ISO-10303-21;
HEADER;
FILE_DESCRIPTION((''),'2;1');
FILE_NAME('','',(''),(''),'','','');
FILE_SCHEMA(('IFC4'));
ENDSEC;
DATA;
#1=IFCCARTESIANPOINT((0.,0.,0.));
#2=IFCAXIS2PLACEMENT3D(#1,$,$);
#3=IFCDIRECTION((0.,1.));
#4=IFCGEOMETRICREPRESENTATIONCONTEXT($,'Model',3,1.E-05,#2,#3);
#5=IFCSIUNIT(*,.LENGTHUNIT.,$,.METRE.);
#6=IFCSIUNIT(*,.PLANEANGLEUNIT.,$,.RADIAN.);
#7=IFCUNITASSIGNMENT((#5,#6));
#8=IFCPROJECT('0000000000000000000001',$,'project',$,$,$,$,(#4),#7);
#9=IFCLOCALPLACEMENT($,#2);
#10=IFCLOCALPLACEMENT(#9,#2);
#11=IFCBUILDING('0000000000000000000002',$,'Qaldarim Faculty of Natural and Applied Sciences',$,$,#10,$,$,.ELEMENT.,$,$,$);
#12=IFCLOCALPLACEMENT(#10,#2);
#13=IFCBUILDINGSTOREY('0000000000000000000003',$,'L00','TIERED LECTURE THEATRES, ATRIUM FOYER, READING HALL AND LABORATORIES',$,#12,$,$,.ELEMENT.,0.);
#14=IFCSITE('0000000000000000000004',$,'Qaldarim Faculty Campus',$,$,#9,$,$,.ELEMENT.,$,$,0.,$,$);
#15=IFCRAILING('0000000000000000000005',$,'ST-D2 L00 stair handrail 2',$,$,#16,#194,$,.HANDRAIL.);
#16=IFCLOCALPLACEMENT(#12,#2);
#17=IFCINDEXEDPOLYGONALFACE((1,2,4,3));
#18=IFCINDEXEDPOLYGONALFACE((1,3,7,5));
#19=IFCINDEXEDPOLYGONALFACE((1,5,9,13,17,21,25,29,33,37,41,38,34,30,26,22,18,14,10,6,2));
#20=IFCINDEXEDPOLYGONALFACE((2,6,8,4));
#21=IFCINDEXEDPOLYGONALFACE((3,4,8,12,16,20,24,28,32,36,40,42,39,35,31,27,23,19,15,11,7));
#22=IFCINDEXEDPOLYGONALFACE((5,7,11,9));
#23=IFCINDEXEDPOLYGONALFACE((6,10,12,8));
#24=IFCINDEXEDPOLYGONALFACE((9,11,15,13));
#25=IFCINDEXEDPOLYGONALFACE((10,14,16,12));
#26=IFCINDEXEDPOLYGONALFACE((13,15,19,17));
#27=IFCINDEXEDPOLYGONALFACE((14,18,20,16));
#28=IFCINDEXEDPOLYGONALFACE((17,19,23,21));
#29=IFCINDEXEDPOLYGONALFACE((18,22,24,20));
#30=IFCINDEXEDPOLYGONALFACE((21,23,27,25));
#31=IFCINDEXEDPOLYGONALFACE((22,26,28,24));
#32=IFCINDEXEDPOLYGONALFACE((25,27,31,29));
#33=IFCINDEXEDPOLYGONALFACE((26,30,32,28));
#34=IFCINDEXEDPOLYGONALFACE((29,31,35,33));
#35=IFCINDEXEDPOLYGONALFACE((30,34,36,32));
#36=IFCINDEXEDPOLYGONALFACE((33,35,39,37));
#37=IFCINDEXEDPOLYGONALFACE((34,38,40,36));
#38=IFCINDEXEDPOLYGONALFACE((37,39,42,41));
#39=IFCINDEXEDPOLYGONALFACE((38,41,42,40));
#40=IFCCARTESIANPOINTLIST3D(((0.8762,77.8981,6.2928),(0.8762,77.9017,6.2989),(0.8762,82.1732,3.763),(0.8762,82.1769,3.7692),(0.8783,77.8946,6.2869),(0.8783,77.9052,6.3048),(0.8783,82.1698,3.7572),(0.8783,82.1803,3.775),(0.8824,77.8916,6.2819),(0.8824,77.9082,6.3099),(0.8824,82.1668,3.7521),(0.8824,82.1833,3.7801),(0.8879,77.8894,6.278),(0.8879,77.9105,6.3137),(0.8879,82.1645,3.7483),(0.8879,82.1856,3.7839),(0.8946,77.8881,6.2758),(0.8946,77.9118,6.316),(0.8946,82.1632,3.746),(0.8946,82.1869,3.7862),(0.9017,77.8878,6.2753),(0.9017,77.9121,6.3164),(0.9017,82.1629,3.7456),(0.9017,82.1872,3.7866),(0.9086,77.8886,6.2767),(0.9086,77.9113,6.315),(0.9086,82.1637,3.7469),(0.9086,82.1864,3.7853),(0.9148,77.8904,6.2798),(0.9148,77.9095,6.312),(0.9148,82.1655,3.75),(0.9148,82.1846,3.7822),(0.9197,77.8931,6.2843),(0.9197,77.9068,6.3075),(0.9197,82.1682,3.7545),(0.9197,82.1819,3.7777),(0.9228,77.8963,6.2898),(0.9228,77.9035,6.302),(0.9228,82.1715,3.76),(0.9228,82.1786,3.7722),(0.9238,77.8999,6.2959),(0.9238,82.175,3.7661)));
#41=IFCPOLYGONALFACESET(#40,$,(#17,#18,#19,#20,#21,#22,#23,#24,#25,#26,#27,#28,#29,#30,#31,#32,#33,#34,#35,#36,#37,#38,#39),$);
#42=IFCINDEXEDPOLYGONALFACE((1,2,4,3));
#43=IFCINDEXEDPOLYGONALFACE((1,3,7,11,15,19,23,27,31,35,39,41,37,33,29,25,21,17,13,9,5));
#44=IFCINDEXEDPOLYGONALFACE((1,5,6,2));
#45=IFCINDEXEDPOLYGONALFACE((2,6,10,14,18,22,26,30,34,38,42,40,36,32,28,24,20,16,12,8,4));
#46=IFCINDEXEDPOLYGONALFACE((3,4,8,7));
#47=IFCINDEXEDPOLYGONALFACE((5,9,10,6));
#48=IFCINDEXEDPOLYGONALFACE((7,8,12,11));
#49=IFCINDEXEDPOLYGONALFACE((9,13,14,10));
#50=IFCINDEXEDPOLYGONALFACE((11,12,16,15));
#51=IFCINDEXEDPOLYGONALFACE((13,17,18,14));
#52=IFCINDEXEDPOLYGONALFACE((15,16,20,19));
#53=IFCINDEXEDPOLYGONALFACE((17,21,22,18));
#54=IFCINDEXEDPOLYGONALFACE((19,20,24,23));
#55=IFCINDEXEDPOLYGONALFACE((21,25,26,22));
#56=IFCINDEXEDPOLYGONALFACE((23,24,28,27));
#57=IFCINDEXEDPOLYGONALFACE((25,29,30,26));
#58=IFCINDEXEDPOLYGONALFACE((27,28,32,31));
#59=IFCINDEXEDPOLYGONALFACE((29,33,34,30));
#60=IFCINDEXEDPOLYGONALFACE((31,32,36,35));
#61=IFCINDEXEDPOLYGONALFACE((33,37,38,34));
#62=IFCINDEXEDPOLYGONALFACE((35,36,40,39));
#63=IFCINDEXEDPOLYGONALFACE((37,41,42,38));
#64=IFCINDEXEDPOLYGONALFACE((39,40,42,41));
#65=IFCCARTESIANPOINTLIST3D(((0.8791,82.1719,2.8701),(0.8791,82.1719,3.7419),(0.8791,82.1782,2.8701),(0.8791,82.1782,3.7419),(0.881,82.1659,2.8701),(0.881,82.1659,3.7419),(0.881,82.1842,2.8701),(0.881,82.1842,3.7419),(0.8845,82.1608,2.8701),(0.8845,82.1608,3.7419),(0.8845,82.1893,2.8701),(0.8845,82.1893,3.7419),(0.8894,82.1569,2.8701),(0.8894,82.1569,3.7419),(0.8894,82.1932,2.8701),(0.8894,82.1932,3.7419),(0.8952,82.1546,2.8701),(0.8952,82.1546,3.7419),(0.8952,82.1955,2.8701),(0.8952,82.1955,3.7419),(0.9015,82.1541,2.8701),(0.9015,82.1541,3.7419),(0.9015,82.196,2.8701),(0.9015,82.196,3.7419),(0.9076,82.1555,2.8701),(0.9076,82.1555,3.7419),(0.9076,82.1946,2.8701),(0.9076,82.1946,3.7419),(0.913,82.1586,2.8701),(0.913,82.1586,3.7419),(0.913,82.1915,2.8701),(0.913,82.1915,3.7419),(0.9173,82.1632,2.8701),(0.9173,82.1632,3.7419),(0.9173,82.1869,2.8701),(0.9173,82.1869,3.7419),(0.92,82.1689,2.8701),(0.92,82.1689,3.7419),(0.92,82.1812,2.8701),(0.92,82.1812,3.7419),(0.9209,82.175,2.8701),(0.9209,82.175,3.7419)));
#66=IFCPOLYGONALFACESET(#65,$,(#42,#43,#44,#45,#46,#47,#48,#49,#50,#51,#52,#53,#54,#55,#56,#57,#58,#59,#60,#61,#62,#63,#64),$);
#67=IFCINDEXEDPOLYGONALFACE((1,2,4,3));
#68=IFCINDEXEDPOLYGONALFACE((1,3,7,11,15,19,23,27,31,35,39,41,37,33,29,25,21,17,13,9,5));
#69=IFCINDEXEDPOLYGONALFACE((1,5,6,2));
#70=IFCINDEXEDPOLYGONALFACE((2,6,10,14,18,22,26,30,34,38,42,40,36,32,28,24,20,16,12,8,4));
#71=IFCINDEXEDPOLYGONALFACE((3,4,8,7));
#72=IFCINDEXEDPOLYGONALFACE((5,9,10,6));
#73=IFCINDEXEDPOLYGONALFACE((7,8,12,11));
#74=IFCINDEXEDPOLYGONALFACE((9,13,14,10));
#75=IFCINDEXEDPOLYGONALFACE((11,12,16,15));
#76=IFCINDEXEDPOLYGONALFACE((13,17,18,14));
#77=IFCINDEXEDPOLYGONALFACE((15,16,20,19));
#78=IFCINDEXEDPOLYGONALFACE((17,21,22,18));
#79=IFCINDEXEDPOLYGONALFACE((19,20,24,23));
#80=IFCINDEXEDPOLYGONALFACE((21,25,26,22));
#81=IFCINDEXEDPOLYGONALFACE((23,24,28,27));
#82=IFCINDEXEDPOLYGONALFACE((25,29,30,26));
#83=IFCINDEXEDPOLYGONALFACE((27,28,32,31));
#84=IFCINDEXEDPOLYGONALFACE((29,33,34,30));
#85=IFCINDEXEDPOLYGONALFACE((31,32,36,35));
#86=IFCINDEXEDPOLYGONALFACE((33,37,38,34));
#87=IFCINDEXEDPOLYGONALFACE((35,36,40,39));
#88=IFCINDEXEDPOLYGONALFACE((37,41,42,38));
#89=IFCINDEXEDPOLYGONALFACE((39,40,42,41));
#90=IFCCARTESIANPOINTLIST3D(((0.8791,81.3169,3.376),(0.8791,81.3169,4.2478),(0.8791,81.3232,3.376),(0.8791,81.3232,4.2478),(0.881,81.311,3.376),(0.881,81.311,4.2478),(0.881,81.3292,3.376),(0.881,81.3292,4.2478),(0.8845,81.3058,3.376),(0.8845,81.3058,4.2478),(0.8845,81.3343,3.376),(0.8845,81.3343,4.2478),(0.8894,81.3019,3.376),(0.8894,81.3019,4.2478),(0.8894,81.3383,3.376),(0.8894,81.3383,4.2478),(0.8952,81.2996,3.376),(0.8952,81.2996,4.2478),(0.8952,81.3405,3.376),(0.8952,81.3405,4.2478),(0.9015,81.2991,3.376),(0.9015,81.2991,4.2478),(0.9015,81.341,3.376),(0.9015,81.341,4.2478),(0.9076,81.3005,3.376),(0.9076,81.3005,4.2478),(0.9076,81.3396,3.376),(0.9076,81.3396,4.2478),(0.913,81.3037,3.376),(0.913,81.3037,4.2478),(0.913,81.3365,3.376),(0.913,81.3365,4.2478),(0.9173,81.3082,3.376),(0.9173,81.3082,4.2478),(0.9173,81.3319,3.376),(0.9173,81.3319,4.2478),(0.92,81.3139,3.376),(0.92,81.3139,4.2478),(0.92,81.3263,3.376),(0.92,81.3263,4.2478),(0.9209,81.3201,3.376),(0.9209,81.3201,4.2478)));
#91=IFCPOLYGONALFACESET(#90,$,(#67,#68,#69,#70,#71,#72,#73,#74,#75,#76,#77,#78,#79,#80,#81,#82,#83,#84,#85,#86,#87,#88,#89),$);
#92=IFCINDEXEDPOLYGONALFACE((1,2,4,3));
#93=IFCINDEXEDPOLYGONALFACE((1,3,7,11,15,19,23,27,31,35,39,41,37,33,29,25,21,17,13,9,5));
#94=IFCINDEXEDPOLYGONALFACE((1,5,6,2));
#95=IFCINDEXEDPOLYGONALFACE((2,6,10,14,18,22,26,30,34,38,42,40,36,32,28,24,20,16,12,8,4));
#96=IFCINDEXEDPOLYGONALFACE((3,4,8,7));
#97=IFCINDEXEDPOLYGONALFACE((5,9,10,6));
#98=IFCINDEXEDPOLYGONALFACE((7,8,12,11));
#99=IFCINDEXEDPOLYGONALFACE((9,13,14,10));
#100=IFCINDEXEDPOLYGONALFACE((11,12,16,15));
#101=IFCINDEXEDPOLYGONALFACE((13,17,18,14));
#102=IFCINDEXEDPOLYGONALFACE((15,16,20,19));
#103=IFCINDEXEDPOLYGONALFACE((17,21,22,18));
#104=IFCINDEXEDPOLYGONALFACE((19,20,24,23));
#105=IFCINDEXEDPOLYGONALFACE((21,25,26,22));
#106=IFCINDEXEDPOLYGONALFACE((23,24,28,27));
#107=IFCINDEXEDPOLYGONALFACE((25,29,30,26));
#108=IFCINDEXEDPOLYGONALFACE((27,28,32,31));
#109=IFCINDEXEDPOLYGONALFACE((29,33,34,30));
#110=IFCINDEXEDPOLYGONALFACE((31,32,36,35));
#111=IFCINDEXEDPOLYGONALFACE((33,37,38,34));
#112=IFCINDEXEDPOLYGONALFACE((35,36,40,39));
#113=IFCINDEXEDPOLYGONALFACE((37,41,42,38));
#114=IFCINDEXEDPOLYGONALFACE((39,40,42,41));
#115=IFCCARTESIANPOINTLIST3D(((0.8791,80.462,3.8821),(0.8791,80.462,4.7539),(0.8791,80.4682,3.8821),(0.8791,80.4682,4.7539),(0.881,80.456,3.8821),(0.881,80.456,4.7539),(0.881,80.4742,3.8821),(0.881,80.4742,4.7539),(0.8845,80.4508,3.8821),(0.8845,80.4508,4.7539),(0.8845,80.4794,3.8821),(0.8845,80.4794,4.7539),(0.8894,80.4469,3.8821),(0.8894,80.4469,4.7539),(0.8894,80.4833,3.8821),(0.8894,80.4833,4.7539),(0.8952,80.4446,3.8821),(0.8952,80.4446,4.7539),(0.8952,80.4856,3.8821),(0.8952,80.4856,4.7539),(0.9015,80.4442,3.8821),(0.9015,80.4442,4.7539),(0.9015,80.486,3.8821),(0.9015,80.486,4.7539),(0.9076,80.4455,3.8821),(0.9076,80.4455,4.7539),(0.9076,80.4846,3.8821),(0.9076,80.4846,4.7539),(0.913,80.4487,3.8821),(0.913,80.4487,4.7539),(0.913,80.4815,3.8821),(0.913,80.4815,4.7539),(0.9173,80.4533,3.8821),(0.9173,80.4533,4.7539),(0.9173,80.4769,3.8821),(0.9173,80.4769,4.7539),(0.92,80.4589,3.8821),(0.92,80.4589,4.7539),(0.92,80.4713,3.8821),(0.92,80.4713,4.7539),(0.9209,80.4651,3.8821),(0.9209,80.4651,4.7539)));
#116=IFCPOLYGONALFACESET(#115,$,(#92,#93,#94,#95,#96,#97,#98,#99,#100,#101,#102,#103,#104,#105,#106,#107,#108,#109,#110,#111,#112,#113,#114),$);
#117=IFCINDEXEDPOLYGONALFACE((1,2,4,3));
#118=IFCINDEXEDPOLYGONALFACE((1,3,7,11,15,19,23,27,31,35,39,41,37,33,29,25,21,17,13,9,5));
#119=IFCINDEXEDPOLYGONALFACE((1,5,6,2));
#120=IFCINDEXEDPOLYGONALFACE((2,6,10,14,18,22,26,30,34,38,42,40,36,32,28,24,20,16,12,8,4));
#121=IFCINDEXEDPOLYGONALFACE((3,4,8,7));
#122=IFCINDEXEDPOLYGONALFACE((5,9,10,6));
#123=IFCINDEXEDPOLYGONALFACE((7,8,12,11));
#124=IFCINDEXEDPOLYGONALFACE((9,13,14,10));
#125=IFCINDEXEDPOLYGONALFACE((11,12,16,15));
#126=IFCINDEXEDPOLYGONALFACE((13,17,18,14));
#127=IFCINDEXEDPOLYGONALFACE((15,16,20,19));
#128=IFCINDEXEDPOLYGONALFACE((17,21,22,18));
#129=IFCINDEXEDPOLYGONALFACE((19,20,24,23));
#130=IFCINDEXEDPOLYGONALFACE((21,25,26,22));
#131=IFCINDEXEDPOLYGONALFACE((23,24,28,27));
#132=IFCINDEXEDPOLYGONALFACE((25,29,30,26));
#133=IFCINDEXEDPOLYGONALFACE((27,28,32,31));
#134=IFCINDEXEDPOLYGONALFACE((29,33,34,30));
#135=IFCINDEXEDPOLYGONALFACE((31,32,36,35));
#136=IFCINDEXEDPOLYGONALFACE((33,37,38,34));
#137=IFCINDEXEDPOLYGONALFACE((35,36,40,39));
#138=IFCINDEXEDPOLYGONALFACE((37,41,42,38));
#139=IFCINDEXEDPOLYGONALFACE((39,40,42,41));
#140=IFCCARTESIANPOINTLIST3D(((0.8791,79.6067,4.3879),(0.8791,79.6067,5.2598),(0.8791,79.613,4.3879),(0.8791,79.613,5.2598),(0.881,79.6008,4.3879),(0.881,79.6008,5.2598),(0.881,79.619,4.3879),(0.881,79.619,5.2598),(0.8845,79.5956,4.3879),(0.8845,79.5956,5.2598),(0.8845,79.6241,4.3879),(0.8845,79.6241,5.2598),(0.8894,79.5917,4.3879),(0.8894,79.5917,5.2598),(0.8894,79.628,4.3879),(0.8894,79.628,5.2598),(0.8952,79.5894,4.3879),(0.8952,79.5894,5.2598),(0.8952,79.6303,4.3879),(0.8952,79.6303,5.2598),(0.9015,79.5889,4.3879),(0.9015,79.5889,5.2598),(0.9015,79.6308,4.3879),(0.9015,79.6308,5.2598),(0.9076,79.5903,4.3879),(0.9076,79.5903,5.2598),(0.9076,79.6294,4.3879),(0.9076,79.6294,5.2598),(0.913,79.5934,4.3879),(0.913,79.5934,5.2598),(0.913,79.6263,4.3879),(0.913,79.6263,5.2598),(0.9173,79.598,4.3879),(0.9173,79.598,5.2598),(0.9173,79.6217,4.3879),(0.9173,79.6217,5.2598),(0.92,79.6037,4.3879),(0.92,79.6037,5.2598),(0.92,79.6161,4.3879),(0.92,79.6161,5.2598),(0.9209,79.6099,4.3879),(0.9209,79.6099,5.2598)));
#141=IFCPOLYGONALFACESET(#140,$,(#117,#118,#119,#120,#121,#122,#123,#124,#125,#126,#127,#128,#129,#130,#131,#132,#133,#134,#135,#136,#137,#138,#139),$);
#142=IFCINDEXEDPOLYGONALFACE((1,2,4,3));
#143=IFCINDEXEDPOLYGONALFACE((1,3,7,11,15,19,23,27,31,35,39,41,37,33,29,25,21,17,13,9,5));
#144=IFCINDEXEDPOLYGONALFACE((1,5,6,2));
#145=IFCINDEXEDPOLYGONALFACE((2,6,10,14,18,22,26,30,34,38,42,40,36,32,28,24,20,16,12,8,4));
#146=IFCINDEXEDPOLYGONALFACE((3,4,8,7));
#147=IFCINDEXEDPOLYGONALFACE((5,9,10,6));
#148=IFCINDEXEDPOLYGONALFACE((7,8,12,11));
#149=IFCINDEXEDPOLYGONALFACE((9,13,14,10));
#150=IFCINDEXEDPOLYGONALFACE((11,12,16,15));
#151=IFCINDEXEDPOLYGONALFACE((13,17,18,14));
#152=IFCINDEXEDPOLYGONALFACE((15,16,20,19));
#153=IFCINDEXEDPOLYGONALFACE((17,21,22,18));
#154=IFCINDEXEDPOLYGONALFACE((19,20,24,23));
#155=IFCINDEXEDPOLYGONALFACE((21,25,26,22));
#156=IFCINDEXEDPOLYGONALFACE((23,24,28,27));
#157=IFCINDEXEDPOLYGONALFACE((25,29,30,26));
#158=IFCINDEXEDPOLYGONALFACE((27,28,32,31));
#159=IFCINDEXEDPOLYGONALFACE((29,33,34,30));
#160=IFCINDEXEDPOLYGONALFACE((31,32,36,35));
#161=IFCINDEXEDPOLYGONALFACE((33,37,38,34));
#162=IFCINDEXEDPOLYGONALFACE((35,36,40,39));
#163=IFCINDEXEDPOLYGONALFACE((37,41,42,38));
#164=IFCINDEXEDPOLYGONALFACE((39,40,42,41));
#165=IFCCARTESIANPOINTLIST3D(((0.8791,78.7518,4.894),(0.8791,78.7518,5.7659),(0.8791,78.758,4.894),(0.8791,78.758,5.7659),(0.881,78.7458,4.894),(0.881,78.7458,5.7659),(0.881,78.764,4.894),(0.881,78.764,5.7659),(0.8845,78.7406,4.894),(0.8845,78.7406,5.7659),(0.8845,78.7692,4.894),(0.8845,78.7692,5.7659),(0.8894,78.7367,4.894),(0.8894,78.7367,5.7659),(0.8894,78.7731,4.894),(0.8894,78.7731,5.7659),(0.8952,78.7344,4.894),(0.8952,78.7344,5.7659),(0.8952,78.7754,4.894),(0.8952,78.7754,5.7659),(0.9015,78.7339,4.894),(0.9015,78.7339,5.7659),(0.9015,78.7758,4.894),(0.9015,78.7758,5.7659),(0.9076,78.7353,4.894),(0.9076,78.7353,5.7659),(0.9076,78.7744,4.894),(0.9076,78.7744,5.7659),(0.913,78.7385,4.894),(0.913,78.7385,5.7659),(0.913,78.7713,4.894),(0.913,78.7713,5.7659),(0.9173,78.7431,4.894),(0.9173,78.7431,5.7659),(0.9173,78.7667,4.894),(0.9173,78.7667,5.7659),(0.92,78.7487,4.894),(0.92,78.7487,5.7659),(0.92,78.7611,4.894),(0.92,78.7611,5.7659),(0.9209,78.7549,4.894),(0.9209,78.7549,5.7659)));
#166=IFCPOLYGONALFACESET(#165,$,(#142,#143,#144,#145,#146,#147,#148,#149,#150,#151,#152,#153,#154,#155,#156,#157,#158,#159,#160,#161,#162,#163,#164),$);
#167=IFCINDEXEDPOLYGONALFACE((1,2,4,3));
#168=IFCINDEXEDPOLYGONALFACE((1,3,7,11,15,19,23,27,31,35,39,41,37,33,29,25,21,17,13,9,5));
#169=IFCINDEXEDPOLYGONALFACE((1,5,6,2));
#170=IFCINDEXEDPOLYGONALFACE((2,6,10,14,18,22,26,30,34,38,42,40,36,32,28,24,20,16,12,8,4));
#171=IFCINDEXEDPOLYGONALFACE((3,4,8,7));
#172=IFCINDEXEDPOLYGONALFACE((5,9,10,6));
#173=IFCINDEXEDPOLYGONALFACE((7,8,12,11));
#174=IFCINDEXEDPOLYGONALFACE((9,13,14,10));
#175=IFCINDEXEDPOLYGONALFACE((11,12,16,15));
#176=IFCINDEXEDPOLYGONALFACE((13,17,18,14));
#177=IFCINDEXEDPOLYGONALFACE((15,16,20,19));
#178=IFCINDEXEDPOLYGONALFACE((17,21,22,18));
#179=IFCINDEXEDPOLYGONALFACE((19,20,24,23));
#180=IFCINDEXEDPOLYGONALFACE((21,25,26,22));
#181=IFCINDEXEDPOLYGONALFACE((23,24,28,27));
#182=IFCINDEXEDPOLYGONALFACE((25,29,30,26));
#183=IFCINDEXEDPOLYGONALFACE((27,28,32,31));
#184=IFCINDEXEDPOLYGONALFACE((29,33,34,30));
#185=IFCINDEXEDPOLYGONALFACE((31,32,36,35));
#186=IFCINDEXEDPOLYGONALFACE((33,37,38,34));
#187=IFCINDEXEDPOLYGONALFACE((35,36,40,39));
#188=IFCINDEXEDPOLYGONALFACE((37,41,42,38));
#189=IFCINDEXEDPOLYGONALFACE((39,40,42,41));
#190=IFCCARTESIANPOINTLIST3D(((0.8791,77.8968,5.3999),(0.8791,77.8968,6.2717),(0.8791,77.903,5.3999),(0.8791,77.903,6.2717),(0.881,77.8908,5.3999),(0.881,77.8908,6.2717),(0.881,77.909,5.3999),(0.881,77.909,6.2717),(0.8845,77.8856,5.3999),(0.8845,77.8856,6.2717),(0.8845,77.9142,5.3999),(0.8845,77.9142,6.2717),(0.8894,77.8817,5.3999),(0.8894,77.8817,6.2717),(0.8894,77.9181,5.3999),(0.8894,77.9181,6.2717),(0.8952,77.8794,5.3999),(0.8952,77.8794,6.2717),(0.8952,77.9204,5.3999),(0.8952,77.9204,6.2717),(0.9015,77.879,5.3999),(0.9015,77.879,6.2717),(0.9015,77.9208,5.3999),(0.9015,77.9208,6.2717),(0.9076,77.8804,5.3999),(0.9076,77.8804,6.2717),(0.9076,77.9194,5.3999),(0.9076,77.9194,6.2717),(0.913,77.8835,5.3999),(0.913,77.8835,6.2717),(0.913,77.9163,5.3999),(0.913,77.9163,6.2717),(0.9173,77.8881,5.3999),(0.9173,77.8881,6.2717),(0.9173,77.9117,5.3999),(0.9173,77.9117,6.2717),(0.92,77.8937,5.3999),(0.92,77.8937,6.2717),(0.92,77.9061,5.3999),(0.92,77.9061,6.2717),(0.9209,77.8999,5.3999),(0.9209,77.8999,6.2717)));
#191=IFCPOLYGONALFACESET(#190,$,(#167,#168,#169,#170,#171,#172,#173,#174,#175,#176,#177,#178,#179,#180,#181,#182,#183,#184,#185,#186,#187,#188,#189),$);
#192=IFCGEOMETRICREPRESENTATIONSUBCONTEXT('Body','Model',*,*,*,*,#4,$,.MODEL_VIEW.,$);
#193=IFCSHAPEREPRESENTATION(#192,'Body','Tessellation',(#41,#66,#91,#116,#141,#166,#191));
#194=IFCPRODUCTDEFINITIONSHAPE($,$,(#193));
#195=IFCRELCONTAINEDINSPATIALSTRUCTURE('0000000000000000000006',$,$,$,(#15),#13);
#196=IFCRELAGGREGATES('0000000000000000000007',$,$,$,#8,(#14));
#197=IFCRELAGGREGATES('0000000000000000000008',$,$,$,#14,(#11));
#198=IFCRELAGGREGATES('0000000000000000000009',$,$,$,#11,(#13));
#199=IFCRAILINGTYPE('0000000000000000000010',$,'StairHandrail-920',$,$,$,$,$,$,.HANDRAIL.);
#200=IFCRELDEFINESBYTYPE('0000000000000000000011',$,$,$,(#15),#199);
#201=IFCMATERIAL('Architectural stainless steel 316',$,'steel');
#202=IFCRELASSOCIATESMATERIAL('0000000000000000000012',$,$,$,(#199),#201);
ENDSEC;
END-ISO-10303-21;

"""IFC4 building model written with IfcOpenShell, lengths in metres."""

from ifc_helpers import new_model, si_unit, direction, frame, origin, origin_2d, place, context, subcontext, project, spatial, circle, extrude, material, type_object, element, save


model = new_model("IFC4")

# Units and contexts
model_context = context("Model", 3, precision=1e-05, world=origin(), true_north=direction((0.0, 1.0)))
body_context = subcontext(model_context, "Body", "Model", "MODEL_VIEW")
ifc_project = project(units=[si_unit("LENGTHUNIT", "METRE"), si_unit("PLANEANGLEUNIT", "RADIAN")], contexts=[model_context])

# Site, building, storey
site_placement = place(None, origin())
site = spatial("IfcSite", under=ifc_project, at=site_placement, Name="Qaldarim Faculty Campus", CompositionType="ELEMENT", RefElevation=0.0)
building_placement = place(site_placement, origin())
building = spatial("IfcBuilding", under=site, at=building_placement, Name="Qaldarim Faculty of Natural and Applied Sciences", CompositionType="ELEMENT")
storey_placement = place(building_placement, origin())
storey = spatial("IfcBuildingStorey", under=building, at=storey_placement, Name="L00", Description="TIERED LECTURE THEATRES, ATRIUM FOYER, READING HALL AND LABORATORIES", CompositionType="ELEMENT", Elevation=0.0)

# Railing
ifc_material_1 = material(Name="Architectural stainless steel 316", Category="steel")
railing_type_1 = type_object("IfcRailingType", Name="StairHandrail-920", PredefinedType="HANDRAIL", material=ifc_material_1)
railing_1_placement = place(storey_placement, frame((0.8999, 82.175, 2.8701)))
element("IfcRailing", 1, at=railing_1_placement, inside=storey, type_object=railing_type_1, Name="ST-D2 L00 stair handrail 2", PredefinedType="HANDRAIL", context=body_context, shape_type="SweptSolid", body=[
    extrude(circle(Radius=0.0239, at=origin_2d()), frame((0.0, 0.0, 0.896), z_axis=(0.0, -0.860612, 0.509261), x_axis=(1.0, 0.0, 0.0)), (0.0, 0.0, 1.0), 4.9675),
    extrude(circle(Radius=0.021, at=origin_2d()), origin(), (0.0, 0.0, 1.0), 0.8718),
    extrude(circle(Radius=0.021, at=origin_2d()), frame((0.0, -0.855, 0.5059)), (0.0, 0.0, 1.0), 0.8718),
    extrude(circle(Radius=0.021, at=origin_2d()), frame((0.0, -1.71, 1.012)), (0.0, 0.0, 1.0), 0.8718),
    extrude(circle(Radius=0.021, at=origin_2d()), frame((0.0, -2.5652, 1.5178)), (0.0, 0.0, 1.0), 0.8718),
    extrude(circle(Radius=0.021, at=origin_2d()), frame((0.0, -3.4202, 2.0239)), (0.0, 0.0, 1.0), 0.8718),
    extrude(circle(Radius=0.021, at=origin_2d()), frame((0.0, -4.2751, 2.5298)), (0.0, 0.0, 1.0), 0.8718),
])

save(model, "model.ifc")
